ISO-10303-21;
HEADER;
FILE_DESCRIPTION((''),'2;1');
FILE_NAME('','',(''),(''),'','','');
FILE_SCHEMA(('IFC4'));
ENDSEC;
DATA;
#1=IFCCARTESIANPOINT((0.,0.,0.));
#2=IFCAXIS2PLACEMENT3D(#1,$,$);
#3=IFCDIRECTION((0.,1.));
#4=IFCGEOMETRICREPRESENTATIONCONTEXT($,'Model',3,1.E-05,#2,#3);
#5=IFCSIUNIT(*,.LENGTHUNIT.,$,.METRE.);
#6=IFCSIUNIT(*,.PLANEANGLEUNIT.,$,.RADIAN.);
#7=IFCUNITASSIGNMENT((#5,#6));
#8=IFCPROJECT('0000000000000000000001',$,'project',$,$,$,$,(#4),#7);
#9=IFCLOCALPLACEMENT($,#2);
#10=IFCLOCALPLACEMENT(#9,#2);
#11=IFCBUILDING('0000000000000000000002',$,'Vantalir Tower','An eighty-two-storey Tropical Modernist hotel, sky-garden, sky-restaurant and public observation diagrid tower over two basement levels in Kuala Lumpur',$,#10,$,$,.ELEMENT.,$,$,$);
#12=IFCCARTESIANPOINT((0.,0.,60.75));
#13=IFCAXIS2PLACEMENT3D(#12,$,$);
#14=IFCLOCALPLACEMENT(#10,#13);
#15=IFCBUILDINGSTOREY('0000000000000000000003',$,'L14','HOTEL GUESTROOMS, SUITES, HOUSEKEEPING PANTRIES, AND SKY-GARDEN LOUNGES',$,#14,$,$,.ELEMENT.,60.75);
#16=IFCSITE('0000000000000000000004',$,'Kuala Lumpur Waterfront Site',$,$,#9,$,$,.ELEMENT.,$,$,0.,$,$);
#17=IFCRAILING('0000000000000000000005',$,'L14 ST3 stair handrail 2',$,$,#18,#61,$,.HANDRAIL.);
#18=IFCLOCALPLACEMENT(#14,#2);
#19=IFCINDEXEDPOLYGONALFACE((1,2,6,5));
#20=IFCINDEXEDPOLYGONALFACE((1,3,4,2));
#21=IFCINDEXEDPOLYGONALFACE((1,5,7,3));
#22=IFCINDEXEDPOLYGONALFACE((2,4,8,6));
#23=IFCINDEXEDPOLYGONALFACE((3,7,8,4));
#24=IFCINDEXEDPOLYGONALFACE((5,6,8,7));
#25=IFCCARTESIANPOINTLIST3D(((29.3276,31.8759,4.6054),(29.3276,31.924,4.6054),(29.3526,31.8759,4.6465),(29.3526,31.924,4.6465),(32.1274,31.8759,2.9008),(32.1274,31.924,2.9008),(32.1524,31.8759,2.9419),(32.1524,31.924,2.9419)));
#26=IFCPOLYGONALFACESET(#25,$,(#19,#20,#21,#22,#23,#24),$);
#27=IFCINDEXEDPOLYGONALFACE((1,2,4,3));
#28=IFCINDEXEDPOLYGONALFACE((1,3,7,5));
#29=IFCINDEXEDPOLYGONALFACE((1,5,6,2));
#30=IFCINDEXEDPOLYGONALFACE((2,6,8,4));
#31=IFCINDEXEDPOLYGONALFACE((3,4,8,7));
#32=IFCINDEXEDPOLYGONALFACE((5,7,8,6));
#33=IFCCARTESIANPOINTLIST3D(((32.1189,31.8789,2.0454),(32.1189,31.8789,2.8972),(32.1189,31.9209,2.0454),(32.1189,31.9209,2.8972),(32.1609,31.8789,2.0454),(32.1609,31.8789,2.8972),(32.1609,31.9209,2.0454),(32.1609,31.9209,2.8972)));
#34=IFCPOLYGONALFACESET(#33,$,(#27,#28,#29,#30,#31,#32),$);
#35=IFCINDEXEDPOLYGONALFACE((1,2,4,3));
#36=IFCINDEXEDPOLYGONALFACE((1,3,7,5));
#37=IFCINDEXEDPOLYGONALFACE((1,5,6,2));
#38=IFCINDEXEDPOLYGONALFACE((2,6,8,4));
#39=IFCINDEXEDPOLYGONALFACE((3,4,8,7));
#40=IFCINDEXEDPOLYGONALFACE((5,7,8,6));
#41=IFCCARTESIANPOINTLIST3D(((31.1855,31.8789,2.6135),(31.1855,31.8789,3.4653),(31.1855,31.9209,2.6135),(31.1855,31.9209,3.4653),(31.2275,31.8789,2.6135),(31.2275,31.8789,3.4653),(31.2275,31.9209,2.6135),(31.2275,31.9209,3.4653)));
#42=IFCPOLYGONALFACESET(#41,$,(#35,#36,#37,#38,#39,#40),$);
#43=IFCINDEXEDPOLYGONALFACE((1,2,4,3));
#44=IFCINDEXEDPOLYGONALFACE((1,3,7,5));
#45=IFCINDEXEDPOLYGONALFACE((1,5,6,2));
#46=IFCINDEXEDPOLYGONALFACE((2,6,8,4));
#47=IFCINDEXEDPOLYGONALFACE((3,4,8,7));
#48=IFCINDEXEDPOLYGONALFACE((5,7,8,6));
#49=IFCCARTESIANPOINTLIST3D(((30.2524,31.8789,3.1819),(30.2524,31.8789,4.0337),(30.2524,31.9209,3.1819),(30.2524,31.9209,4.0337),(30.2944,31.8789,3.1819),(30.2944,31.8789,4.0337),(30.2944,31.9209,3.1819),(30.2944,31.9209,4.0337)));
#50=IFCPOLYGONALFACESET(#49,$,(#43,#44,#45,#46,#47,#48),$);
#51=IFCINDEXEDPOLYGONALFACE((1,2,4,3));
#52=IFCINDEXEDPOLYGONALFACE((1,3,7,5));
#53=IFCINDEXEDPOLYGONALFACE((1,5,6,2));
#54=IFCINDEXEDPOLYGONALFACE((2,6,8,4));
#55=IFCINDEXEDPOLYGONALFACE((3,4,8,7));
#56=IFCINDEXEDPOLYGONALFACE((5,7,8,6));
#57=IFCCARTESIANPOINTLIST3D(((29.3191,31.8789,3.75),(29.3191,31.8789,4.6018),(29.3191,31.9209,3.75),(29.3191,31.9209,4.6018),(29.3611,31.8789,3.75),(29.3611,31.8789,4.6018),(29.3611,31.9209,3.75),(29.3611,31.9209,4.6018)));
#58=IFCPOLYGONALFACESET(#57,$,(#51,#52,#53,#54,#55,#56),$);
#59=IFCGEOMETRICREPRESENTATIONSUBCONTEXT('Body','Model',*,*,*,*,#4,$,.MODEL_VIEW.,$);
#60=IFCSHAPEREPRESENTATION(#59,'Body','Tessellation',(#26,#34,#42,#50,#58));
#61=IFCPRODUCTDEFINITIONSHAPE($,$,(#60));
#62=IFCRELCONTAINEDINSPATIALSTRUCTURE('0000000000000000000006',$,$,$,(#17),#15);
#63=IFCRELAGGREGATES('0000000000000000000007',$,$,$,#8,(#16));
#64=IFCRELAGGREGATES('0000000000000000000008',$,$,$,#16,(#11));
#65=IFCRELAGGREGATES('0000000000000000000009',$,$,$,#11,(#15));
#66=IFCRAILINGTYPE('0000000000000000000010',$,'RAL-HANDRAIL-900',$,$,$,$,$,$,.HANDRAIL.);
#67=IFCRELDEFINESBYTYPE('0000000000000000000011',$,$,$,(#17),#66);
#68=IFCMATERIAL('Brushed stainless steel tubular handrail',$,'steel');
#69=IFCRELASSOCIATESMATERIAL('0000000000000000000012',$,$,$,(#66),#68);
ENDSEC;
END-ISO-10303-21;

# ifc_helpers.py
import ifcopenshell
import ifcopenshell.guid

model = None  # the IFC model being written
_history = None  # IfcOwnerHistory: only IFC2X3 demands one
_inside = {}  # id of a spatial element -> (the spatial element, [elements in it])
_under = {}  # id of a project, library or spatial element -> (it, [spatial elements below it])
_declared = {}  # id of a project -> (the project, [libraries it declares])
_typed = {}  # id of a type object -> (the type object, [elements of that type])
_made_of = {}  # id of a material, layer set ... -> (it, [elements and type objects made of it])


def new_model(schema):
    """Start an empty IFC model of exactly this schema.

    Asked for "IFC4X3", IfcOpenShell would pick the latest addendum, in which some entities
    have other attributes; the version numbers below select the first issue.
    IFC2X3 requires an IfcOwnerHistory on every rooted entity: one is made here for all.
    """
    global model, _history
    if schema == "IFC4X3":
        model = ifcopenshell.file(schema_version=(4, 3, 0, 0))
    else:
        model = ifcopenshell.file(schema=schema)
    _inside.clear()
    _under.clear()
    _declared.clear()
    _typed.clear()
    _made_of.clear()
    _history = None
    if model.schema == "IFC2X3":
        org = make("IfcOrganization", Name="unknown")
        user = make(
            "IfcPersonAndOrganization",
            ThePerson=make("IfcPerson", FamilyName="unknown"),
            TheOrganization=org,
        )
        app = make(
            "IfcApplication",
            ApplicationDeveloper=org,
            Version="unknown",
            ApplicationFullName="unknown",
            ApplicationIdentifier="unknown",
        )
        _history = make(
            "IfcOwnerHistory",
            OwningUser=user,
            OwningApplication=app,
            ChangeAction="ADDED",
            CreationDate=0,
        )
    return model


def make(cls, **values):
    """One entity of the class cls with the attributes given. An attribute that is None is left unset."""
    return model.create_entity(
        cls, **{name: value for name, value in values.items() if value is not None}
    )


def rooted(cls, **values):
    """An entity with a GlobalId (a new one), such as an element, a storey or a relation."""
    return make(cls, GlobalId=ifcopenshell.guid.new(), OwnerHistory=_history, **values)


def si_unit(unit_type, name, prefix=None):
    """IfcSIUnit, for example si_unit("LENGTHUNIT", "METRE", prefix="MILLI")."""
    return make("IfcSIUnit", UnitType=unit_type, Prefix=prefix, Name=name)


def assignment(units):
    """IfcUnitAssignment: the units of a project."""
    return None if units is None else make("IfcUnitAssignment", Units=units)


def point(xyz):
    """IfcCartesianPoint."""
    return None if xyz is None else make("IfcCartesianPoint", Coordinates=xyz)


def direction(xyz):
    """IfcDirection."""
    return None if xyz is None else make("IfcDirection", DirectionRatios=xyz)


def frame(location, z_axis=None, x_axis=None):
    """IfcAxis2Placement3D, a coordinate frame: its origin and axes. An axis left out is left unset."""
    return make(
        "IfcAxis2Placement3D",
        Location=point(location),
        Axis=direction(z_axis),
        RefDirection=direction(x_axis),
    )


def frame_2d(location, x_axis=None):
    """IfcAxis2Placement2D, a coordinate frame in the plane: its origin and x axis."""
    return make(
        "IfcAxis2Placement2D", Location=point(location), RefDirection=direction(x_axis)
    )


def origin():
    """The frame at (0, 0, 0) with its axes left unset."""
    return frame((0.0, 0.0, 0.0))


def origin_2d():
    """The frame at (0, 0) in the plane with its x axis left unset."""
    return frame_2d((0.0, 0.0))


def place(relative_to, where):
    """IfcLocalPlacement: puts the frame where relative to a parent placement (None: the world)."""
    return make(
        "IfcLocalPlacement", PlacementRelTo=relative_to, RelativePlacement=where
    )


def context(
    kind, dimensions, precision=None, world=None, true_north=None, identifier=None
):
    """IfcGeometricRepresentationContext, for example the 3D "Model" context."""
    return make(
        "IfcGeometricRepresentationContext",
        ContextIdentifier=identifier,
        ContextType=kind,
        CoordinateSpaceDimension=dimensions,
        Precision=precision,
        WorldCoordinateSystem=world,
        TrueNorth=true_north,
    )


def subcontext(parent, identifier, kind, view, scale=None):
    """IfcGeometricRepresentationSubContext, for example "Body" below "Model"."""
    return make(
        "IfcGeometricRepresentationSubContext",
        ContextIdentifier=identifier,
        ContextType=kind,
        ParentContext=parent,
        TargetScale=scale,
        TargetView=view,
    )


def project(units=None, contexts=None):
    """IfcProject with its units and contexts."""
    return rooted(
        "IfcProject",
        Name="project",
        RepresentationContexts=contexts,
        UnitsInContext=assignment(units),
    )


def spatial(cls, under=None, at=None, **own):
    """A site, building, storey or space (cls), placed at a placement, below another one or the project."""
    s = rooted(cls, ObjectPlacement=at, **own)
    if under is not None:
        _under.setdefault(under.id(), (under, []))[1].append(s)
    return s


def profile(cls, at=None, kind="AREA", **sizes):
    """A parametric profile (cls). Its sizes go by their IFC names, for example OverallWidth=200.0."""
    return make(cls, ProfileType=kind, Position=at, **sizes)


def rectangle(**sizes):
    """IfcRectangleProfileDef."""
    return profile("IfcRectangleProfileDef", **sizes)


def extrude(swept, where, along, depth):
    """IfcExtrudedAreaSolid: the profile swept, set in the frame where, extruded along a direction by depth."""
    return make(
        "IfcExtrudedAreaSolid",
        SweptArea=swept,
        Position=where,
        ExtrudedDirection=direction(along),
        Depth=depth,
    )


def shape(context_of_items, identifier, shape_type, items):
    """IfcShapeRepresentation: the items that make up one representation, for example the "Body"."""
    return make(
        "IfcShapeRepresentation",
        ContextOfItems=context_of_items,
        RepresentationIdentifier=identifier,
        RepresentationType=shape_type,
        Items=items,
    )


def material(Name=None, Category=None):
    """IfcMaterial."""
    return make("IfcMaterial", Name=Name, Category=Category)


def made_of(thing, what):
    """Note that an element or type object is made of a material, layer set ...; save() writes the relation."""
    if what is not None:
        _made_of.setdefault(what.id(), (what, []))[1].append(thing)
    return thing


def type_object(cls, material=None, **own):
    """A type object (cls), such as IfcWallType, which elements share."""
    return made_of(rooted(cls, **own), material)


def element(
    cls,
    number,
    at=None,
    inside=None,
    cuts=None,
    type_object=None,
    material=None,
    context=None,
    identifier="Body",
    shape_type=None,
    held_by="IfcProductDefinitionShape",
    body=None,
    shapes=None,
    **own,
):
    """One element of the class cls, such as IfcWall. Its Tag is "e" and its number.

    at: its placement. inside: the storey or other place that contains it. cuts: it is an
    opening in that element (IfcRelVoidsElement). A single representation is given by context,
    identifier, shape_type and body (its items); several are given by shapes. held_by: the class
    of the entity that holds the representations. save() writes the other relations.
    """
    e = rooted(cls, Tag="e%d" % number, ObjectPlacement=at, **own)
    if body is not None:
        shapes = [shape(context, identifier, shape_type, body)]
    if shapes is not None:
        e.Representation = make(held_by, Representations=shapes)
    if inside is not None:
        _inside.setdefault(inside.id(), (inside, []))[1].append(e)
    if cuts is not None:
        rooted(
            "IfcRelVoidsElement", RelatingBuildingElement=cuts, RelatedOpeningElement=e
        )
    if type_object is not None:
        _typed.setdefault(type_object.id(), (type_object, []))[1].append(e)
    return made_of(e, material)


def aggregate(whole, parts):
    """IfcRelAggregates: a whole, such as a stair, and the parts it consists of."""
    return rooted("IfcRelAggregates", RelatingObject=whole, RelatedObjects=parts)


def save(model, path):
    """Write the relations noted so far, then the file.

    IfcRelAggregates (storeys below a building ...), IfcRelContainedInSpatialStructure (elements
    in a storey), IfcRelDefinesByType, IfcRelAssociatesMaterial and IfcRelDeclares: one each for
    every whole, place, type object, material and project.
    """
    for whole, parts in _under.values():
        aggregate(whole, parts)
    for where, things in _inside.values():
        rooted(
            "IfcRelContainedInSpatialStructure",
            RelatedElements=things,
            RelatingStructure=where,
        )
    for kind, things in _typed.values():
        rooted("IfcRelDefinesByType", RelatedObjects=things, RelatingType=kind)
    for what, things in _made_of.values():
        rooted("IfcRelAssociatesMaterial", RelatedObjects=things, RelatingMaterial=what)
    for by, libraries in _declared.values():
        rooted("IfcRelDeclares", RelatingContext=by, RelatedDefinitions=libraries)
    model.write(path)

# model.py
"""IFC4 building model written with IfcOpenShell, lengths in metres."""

from ifc_helpers import new_model, si_unit, direction, frame, origin, origin_2d, place, context, subcontext, project, spatial, rectangle, extrude, material, type_object, element, save


model = new_model("IFC4")

# Units and contexts
model_context = context("Model", 3, precision=1e-05, world=origin(), true_north=direction((0.0, 1.0)))
body_context = subcontext(model_context, "Body", "Model", "MODEL_VIEW")
ifc_project = project(units=[si_unit("LENGTHUNIT", "METRE"), si_unit("PLANEANGLEUNIT", "RADIAN")], contexts=[model_context])

# Site, building, storey
site_placement = place(None, origin())
site = spatial("IfcSite", under=ifc_project, at=site_placement, Name="Kuala Lumpur Waterfront Site", CompositionType="ELEMENT", RefElevation=0.0)
building_placement = place(site_placement, origin())
building = spatial("IfcBuilding", under=site, at=building_placement, Name="Vantalir Tower", Description="An eighty-two-storey Tropical Modernist hotel, sky-garden, sky-restaurant and public observation diagrid tower over two basement levels in Kuala Lumpur", CompositionType="ELEMENT")
storey_placement = place(building_placement, frame((0.0, 0.0, 60.75)))
storey = spatial("IfcBuildingStorey", under=building, at=storey_placement, Name="L14", Description="HOTEL GUESTROOMS, SUITES, HOUSEKEEPING PANTRIES, AND SKY-GARDEN LOUNGES", CompositionType="ELEMENT", Elevation=60.75)

# Railing
ifc_material_1 = material(Name="Brushed stainless steel tubular handrail", Category="steel")
railing_type_1 = type_object("IfcRailingType", Name="RAL-HANDRAIL-900", PredefinedType="HANDRAIL", material=ifc_material_1)
railing_1_placement = place(storey_placement, frame((32.1399, 31.8999, 2.0454)))
element("IfcRailing", 1, at=railing_1_placement, inside=storey, type_object=railing_type_1, Name="L14 ST3 stair handrail 2", PredefinedType="HANDRAIL", context=body_context, shape_type="SweptSolid", body=[
    extrude(rectangle(XDim=0.0481, YDim=0.0481, at=origin_2d()), frame((0.0, 0.0, 0.876), z_axis=(-0.85415, 0.0, 0.520027), x_axis=(0.0, -1.0, 0.0)), (0.0, 0.0, 1.0), 3.2778),
    extrude(rectangle(XDim=0.042, YDim=0.042, at=origin_2d()), origin(), (0.0, 0.0, 1.0), 0.8518),
    extrude(rectangle(XDim=0.042, YDim=0.042, at=origin_2d()), frame((-0.9333, 0.0, 0.5681)), (0.0, 0.0, 1.0), 0.8518),
    extrude(rectangle(XDim=0.042, YDim=0.042, at=origin_2d()), frame((-1.8665, 0.0, 1.1365)), (0.0, 0.0, 1.0), 0.8518),
    extrude(rectangle(XDim=0.042, YDim=0.042, at=origin_2d()), frame((-2.7998, 0.0, 1.7046)), (0.0, 0.0, 1.0), 0.8518),
])

save(model, "model.ifc")
